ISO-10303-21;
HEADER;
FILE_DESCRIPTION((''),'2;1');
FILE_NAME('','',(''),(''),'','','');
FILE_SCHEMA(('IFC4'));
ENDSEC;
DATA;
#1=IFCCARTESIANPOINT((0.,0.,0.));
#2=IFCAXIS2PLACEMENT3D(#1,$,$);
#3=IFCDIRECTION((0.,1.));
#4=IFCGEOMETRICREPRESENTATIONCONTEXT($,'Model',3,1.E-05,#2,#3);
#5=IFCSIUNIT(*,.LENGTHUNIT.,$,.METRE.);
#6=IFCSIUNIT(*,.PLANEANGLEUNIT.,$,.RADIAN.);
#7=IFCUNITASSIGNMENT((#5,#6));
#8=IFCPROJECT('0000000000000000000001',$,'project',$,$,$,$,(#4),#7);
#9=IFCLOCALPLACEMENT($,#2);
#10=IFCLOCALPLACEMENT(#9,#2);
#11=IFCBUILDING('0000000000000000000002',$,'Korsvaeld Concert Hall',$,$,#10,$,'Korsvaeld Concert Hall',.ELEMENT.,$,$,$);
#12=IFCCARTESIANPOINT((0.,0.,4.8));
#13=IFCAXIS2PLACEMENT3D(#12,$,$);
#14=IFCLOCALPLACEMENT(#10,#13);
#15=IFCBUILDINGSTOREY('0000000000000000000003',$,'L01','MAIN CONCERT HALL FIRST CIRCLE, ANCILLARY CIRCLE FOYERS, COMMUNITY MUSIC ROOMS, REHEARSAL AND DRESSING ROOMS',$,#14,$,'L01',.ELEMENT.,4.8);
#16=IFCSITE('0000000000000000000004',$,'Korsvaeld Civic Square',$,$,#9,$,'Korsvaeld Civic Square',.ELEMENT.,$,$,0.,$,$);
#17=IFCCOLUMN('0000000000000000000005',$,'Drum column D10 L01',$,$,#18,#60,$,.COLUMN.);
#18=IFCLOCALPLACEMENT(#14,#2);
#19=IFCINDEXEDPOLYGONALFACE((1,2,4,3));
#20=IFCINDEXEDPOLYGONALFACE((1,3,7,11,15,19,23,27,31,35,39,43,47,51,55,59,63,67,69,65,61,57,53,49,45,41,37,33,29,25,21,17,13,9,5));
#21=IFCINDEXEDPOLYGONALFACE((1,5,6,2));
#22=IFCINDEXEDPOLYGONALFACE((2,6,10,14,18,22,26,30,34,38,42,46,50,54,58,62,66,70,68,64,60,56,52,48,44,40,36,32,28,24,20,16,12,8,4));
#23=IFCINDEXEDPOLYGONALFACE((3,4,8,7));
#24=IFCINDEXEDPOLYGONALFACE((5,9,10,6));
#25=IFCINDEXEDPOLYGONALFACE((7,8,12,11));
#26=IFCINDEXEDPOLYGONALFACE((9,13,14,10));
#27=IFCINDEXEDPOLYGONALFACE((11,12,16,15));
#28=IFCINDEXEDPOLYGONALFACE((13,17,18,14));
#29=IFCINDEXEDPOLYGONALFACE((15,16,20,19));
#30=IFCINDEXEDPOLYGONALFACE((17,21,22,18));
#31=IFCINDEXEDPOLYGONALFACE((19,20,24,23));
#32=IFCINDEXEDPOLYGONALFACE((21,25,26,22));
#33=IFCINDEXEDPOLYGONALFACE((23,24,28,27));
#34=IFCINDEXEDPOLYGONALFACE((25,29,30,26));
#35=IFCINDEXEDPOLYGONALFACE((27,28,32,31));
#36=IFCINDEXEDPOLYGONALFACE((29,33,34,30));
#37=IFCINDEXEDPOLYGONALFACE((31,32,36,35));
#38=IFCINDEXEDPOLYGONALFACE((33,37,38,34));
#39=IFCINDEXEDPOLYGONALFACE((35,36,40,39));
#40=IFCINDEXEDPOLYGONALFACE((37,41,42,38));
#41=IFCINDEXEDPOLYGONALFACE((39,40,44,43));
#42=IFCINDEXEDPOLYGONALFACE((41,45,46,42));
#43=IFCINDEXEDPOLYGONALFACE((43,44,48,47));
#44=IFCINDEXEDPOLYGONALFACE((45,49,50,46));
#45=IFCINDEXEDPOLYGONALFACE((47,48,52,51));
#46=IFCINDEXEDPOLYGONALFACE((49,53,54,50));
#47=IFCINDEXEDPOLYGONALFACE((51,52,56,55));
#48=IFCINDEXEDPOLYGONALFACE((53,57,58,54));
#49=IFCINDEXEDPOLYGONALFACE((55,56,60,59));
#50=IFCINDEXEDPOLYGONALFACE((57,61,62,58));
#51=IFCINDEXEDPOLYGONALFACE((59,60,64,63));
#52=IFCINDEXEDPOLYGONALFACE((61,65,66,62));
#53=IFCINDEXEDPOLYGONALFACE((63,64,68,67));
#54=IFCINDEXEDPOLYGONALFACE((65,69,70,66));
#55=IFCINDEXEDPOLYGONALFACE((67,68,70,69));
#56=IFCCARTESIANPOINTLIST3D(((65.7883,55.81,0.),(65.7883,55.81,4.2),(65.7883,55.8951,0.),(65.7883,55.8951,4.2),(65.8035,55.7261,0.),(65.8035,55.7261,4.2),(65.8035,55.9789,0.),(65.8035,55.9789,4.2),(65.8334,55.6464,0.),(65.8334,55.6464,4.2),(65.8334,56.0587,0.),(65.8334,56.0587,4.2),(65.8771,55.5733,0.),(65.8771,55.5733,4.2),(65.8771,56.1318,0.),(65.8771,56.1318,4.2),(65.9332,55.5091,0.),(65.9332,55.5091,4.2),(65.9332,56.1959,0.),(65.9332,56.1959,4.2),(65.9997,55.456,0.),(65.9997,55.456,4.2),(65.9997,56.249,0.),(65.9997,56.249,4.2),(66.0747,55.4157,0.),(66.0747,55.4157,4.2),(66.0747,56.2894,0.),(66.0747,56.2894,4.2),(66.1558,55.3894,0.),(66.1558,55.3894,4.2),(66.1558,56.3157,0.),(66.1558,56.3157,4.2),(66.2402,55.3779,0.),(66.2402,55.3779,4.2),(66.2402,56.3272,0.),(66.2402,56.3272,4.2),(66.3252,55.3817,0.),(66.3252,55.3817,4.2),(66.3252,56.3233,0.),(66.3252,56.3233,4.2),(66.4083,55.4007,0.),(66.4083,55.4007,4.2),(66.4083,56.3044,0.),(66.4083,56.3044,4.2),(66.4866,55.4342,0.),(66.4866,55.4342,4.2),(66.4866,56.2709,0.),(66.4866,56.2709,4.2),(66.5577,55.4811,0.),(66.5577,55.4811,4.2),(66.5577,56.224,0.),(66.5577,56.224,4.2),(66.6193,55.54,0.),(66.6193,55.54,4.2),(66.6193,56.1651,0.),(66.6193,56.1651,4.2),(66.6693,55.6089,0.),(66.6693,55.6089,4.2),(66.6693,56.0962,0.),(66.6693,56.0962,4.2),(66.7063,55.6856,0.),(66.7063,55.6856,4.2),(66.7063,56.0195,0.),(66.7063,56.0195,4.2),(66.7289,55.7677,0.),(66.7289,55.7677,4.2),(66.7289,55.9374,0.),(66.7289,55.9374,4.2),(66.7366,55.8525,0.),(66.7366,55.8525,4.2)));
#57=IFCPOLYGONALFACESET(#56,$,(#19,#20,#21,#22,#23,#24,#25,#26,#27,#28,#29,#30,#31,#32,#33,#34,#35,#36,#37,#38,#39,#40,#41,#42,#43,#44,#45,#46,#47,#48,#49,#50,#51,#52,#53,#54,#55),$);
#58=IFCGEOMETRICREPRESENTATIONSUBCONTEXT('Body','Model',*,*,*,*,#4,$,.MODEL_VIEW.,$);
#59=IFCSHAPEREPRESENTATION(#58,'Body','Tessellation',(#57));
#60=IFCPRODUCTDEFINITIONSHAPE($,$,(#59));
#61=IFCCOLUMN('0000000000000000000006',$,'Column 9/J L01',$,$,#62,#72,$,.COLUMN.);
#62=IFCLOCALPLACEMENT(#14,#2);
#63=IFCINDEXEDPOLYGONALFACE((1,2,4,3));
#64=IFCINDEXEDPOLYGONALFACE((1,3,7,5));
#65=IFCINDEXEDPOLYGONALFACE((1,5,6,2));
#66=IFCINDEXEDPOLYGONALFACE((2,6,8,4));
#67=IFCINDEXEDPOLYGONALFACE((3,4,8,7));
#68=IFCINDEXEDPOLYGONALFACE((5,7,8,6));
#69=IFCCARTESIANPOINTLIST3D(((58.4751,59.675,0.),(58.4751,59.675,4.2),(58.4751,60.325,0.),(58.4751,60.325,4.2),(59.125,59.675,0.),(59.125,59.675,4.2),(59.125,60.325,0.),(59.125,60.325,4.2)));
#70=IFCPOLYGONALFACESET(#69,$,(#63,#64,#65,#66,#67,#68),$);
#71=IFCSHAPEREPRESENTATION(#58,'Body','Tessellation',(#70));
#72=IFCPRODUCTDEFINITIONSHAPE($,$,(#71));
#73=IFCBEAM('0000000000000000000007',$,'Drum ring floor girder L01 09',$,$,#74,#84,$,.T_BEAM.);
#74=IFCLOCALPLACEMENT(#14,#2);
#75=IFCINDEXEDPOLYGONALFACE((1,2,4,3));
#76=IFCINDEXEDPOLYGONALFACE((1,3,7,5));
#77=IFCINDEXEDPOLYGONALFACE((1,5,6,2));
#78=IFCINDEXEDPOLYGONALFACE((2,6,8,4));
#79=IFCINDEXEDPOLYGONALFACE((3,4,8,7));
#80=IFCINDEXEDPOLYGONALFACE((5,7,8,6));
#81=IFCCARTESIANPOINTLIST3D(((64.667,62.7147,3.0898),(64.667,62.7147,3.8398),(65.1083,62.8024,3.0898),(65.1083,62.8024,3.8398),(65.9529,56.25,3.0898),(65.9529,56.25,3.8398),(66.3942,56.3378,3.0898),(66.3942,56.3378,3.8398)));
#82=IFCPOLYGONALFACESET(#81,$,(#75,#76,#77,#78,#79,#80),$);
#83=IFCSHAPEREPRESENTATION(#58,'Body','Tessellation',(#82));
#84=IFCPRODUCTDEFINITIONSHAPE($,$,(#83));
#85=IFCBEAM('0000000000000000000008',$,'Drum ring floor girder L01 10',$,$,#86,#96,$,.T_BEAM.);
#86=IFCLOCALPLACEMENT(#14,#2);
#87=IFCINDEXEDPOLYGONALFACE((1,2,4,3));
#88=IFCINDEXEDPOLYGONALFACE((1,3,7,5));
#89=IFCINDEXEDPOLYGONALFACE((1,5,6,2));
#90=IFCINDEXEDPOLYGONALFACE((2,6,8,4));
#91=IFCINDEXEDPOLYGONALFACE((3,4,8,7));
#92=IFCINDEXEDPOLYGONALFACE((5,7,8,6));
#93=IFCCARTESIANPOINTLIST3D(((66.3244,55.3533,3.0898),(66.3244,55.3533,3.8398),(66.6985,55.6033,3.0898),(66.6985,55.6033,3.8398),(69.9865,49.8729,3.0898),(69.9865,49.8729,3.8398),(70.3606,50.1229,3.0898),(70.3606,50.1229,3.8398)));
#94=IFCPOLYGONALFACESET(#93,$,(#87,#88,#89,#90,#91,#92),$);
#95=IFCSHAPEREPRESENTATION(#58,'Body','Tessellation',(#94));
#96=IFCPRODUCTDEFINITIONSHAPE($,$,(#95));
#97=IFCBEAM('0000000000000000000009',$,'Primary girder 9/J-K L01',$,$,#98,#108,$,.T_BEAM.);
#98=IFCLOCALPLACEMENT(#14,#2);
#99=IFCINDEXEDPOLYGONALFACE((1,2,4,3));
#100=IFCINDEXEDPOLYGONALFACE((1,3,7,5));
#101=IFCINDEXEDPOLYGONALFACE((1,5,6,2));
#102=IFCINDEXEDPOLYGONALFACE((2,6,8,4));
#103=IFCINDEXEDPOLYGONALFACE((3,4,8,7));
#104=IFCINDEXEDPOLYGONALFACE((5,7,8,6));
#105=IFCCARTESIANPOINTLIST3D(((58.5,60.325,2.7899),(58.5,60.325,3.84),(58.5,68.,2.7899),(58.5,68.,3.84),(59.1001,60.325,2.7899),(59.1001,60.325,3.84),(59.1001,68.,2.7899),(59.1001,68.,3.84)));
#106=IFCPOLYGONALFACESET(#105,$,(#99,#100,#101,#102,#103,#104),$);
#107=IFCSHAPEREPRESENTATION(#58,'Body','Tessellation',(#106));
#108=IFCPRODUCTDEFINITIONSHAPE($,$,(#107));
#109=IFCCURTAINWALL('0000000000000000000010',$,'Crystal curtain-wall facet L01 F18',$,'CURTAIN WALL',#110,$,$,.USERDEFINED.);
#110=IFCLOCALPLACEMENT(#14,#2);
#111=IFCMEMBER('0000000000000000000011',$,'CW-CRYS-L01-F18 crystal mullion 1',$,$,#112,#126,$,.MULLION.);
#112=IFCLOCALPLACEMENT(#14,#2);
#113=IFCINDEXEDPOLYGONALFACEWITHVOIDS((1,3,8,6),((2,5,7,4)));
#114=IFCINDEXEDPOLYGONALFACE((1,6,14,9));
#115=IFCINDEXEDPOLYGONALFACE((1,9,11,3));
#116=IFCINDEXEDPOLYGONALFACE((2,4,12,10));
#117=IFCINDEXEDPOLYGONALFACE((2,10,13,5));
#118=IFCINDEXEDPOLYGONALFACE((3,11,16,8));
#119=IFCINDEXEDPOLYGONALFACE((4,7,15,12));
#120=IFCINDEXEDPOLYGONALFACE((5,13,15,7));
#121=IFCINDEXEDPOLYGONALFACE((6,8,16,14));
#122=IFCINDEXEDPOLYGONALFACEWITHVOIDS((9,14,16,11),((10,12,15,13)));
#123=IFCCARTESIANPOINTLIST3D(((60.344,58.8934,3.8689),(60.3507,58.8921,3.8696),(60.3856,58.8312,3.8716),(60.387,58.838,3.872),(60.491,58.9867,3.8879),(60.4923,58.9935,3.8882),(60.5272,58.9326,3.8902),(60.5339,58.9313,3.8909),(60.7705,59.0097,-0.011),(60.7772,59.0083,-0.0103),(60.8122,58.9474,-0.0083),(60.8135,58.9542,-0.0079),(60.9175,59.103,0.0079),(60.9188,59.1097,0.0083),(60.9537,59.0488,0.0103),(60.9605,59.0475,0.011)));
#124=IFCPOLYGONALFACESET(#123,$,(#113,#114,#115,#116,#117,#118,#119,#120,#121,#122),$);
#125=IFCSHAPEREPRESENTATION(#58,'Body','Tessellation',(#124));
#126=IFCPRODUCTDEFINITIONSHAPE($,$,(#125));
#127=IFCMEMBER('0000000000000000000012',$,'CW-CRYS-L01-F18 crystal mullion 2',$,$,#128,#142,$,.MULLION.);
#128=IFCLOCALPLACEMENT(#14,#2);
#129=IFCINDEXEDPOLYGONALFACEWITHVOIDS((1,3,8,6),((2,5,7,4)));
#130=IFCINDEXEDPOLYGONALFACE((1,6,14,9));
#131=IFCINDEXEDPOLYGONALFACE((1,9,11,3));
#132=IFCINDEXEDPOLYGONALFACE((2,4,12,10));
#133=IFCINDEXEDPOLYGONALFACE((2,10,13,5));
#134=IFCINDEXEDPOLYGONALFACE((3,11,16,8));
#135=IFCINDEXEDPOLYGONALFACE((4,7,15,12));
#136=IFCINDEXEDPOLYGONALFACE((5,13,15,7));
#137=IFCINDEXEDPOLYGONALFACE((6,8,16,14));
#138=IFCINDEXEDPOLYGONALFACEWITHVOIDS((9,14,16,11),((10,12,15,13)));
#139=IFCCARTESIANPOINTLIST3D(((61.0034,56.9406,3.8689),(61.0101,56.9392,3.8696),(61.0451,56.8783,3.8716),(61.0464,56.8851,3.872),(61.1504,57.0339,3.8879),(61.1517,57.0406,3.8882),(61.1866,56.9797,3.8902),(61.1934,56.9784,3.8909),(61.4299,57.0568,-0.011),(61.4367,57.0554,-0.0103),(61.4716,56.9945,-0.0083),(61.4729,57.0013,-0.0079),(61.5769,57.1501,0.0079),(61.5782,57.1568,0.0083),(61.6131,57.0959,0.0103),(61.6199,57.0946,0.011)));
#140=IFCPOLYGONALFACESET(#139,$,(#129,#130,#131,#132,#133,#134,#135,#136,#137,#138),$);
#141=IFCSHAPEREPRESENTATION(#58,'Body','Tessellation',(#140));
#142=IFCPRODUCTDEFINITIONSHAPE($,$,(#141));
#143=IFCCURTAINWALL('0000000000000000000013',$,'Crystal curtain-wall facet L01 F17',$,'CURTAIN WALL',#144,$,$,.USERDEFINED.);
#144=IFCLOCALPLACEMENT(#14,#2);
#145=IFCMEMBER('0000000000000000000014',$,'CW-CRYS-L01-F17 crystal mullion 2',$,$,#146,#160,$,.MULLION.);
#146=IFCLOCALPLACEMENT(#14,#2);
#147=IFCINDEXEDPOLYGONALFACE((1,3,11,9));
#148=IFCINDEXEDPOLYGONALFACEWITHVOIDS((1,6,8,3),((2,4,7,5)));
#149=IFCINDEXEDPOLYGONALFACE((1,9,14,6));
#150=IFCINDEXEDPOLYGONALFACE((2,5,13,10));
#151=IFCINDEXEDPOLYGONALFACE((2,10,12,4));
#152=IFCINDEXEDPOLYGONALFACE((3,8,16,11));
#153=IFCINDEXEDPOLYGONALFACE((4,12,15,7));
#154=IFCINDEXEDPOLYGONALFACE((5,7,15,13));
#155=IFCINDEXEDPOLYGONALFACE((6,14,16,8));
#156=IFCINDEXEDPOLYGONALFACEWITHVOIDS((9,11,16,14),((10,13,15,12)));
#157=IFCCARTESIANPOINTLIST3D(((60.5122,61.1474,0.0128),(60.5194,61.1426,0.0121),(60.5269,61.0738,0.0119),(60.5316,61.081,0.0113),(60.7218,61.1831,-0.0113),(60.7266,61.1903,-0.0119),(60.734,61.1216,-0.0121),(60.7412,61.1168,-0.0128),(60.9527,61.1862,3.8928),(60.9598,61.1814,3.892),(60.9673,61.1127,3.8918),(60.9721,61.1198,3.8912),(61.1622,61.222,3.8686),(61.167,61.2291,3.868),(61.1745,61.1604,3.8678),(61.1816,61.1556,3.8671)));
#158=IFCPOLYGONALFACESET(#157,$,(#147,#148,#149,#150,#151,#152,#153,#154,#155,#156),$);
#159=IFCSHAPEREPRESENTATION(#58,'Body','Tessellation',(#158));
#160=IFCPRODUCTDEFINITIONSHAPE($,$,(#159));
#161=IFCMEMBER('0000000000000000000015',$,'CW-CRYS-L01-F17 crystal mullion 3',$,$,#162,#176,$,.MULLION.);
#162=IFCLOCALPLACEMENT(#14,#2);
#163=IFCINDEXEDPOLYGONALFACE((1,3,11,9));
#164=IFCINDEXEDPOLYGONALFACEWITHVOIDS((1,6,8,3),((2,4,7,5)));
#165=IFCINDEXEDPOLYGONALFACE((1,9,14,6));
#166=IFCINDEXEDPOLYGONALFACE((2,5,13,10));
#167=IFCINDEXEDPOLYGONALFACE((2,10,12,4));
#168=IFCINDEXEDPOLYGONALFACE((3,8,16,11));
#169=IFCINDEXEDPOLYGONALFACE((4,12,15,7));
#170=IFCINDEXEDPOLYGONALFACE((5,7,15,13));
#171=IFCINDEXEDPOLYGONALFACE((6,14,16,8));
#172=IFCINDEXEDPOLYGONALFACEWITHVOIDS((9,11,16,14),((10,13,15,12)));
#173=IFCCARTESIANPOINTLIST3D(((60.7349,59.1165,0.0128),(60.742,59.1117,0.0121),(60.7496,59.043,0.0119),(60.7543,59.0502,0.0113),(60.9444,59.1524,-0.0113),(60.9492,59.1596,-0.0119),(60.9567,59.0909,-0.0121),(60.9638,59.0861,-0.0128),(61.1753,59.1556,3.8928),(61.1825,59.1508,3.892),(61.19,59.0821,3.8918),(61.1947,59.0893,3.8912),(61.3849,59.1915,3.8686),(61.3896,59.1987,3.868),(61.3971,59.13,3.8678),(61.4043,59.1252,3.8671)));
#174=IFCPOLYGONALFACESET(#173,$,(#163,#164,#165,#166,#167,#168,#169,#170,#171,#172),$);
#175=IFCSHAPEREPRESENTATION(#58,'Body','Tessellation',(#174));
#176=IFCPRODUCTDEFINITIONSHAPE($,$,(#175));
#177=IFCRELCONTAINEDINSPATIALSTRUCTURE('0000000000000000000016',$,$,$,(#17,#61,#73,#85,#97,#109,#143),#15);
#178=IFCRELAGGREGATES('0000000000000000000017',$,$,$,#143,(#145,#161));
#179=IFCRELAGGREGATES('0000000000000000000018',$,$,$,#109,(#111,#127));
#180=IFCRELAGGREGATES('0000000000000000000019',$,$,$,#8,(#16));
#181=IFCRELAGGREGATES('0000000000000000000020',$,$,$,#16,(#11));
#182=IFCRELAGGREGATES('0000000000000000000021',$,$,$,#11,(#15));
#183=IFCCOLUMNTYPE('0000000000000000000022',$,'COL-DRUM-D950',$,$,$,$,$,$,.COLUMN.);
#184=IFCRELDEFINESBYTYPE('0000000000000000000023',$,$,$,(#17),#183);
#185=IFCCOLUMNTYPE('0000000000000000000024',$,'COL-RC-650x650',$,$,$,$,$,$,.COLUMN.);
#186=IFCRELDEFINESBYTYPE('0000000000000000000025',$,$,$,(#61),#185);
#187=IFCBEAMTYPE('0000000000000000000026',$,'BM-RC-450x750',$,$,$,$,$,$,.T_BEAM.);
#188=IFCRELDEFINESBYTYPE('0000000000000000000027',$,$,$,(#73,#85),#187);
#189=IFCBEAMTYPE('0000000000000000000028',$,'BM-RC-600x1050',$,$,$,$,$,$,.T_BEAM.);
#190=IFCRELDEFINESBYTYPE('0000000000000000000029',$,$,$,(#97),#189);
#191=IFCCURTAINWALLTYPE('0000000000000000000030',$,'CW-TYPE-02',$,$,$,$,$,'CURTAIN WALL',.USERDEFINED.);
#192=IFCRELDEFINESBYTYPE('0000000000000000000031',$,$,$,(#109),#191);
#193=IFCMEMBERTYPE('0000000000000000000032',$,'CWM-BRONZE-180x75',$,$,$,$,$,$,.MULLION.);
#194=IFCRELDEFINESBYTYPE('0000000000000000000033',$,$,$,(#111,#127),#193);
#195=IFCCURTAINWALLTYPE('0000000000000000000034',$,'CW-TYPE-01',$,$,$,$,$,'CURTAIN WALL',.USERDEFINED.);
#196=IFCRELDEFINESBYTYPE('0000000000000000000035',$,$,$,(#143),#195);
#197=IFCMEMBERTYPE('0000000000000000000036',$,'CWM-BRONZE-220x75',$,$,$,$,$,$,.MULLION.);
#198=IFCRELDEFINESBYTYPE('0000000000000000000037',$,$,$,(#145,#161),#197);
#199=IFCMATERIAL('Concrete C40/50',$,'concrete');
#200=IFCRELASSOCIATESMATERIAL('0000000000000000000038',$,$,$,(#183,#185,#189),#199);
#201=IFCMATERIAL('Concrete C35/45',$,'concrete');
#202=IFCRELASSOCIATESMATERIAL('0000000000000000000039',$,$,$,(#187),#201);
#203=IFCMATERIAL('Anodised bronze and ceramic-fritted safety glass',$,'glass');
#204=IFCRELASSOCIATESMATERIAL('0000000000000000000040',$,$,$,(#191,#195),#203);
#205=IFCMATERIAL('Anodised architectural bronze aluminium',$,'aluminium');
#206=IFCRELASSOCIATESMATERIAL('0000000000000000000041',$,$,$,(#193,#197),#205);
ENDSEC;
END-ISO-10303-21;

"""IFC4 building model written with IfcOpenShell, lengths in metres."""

from ifc_helpers import new_model, si_unit, direction, frame, origin, origin_2d, place, context, subcontext, project, spatial, rectangle, hollow_rectangle, circle, extrude, material, material_profile, profile_set, type_object, element, aggregate, save


model = new_model("IFC4")

# Units and contexts
model_context = context("Model", 3, precision=1e-05, world=origin(), true_north=direction((0.0, 1.0)))
body_context = subcontext(model_context, "Body", "Model", "MODEL_VIEW")
ifc_project = project(units=[si_unit("LENGTHUNIT", "METRE"), si_unit("PLANEANGLEUNIT", "RADIAN")], contexts=[model_context])

# Site, building, storey
site_placement = place(None, origin())
site = spatial("IfcSite", under=ifc_project, at=site_placement, Name="Korsvaeld Civic Square", LongName="Korsvaeld Civic Square", CompositionType="ELEMENT", RefElevation=0.0)
building_placement = place(site_placement, origin())
building = spatial("IfcBuilding", under=site, at=building_placement, Name="Korsvaeld Concert Hall", LongName="Korsvaeld Concert Hall", CompositionType="ELEMENT")
storey_placement = place(building_placement, frame((0.0, 0.0, 4.8)))
storey = spatial("IfcBuildingStorey", under=building, at=storey_placement, Name="L01", Description="MAIN CONCERT HALL FIRST CIRCLE, ANCILLARY CIRCLE FOYERS, COMMUNITY MUSIC ROOMS, REHEARSAL AND DRESSING ROOMS", LongName="L01", CompositionType="ELEMENT", Elevation=4.8)

# Columns
ifc_material_1 = material(Name="Concrete C40/50", Category="concrete")
ifc_material_profile_1 = material_profile(ifc_material_1, circle(Radius=0.4751, at=origin_2d()), Name="RC D950")
ifc_profile_set_1 = profile_set([ifc_material_profile_1], Name="Concrete C40/50")
column_type_1 = type_object("IfcColumnType", Name="COL-DRUM-D950", PredefinedType="COLUMN", material=ifc_profile_set_1)
column_1_placement = place(storey_placement, frame((66.2615, 55.8525, 0.0), z_axis=(0.0, 0.0, 1.0), x_axis=(1.0, 0.0, 0.0)))
element("IfcColumn", 1, at=column_1_placement, inside=storey, type_object=column_type_1, Name="Drum column D10 L01", PredefinedType="COLUMN", context=body_context, shape_type="SweptSolid", body=[
    extrude(circle(Radius=0.4751, at=origin_2d()), origin(), (0.0, 0.0, 1.0), 4.2),
])
ifc_material_profile_2 = material_profile(ifc_material_1, rectangle(XDim=0.6499, YDim=0.6499, at=origin_2d()), Name="RC 650x650")
ifc_profile_set_2 = profile_set([ifc_material_profile_2], Name="Concrete C40/50")
column_type_2 = type_object("IfcColumnType", Name="COL-RC-650x650", PredefinedType="COLUMN", material=ifc_profile_set_2)
column_2_placement = place(storey_placement, frame((58.8, 60.0, 0.0), z_axis=(0.0, 0.0, 1.0), x_axis=(1.0, 0.0, 0.0)))
element("IfcColumn", 2, at=column_2_placement, inside=storey, type_object=column_type_2, Name="Column 9/J L01", PredefinedType="COLUMN", context=body_context, shape_type="SweptSolid", body=[
    extrude(rectangle(XDim=0.6499, YDim=0.6499, at=origin_2d()), origin(), (0.0, 0.0, 1.0), 4.2),
])

# Beams
ifc_material_2 = material(Name="Concrete C35/45", Category="concrete")
ifc_material_profile_3 = material_profile(ifc_material_2, rectangle(XDim=0.45, YDim=0.75, at=origin_2d()), Name="RC 450x750")
ifc_profile_set_3 = profile_set([ifc_material_profile_3], Name="Concrete C35/45")
beam_type_1 = type_object("IfcBeamType", Name="BM-RC-450x750", PredefinedType="T_BEAM", material=ifc_profile_set_3)
for number, where, z_axis, x_axis, name in (
    (3, (64.8877, 62.7585, 3.4648), (0.19509, -0.980785, 0.0), (0.980785, 0.19509, 0.0), "Drum ring floor girder L01 09"),
    (4, (66.5115, 55.4783, 3.4648), (0.555589, -0.831457, 0.0), (0.831457, 0.555589, 0.0), "Drum ring floor girder L01 10"),
):
    element("IfcBeam", number, at=place(storey_placement, frame(where, z_axis=z_axis, x_axis=x_axis)), inside=storey, type_object=beam_type_1, Name=name, PredefinedType="T_BEAM", context=body_context, shape_type="SweptSolid", body=[
        extrude(rectangle(XDim=0.45, YDim=0.75, at=origin_2d()), origin(), (0.0, 0.0, 1.0), 6.5913),
    ])
ifc_material_profile_4 = material_profile(ifc_material_1, rectangle(XDim=0.6001, YDim=1.05, at=origin_2d()), Name="RC 600x1050")
ifc_profile_set_4 = profile_set([ifc_material_profile_4], Name="Concrete C40/50")
beam_type_2 = type_object("IfcBeamType", Name="BM-RC-600x1050", PredefinedType="T_BEAM", material=ifc_profile_set_4)
beam_placement = place(storey_placement, frame((58.8, 60.325, 3.3149), z_axis=(0.0, 1.0, 0.0), x_axis=(-1.0, 0.0, 0.0)))
element("IfcBeam", 5, at=beam_placement, inside=storey, type_object=beam_type_2, Name="Primary girder 9/J-K L01", PredefinedType="T_BEAM", context=body_context, shape_type="SweptSolid", body=[
    extrude(rectangle(XDim=0.6001, YDim=1.05, at=origin_2d()), origin(), (0.0, 0.0, 1.0), 7.675),
])

# Curtain walls, members
ifc_material_3 = material(Name="Anodised bronze and ceramic-fritted safety glass", Category="glass")
curtain_wall_type_1 = type_object("IfcCurtainWallType", Name="CW-TYPE-02", ElementType="CURTAIN WALL", PredefinedType="USERDEFINED", material=ifc_material_3)
curtain_wall_1_placement = place(storey_placement, origin())
curtain_wall_1 = element("IfcCurtainWall", 6, at=curtain_wall_1_placement, inside=storey, type_object=curtain_wall_type_1, Name="Crystal curtain-wall facet L01 F18", ObjectType="CURTAIN WALL", PredefinedType="USERDEFINED")
ifc_material_4 = material(Name="Anodised architectural bronze aluminium", Category="aluminium")
ifc_material_profile_5 = material_profile(ifc_material_4, hollow_rectangle(XDim=0.075, YDim=0.1799, WallThickness=0.0049, at=origin_2d()), Name="CWM 180x75x5")
ifc_profile_set_5 = profile_set([ifc_material_profile_5], Name="Anodised architectural bronze aluminium")
member_type_1 = type_object("IfcMemberType", Name="CWM-BRONZE-180x75", PredefinedType="MULLION", material=ifc_profile_set_5)
member_1_placement = place(storey_placement, frame((60.8655, 59.0286, 0.0), z_axis=(-0.109223, -0.02976, 0.993572), x_axis=(0.555751, -0.830559, 0.036216)))
member_1 = element("IfcMember", 7, at=member_1_placement, type_object=member_type_1, Name="CW-CRYS-L01-F18 crystal mullion 1", PredefinedType="MULLION", context=body_context, shape_type="SweptSolid", body=[
    extrude(hollow_rectangle(XDim=0.075, YDim=0.1799, WallThickness=0.0049, at=origin_2d()), origin(), (0.0, 0.0, 1.0), 3.905),
])
member_2_placement = place(storey_placement, frame((61.5249, 57.0757, 0.0), z_axis=(-0.109223, -0.02976, 0.993572), x_axis=(0.555751, -0.830559, 0.036216)))
member_2 = element("IfcMember", 8, at=member_2_placement, type_object=member_type_1, Name="CW-CRYS-L01-F18 crystal mullion 2", PredefinedType="MULLION", context=body_context, shape_type="SweptSolid", body=[
    extrude(hollow_rectangle(XDim=0.075, YDim=0.1799, WallThickness=0.0049, at=origin_2d()), origin(), (0.0, 0.0, 1.0), 3.905),
])
curtain_wall_type_2 = type_object("IfcCurtainWallType", Name="CW-TYPE-01", ElementType="CURTAIN WALL", PredefinedType="USERDEFINED", material=ifc_material_3)
curtain_wall_2_placement = place(storey_placement, origin())
curtain_wall_2 = element("IfcCurtainWall", 9, at=curtain_wall_2_placement, inside=storey, type_object=curtain_wall_type_2, Name="Crystal curtain-wall facet L01 F17", ObjectType="CURTAIN WALL", PredefinedType="USERDEFINED")
ifc_material_profile_6 = material_profile(ifc_material_4, hollow_rectangle(XDim=0.075, YDim=0.22, WallThickness=0.0061, at=origin_2d()), Name="CWM 220x75x6")
ifc_profile_set_6 = profile_set([ifc_material_profile_6], Name="Anodised architectural bronze aluminium")
member_type_2 = type_object("IfcMemberType", Name="CWM-BRONZE-220x75", PredefinedType="MULLION", material=ifc_profile_set_6)
member_3_placement = place(storey_placement, frame((60.6267, 61.1321, 0.0), z_axis=(0.112786, 0.009941, 0.99357), x_axis=(-0.195151, 0.980695, 0.012341)))
member_3 = element("IfcMember", 10, at=member_3_placement, type_object=member_type_2, Name="CW-CRYS-L01-F17 crystal mullion 2", PredefinedType="MULLION", context=body_context, shape_type="SweptSolid", body=[
    extrude(hollow_rectangle(XDim=0.075, YDim=0.22, WallThickness=0.0061, at=origin_2d()), origin(), (0.0, 0.0, 1.0), 3.905),
])
member_4_placement = place(storey_placement, frame((60.8494, 59.1013, 0.0), z_axis=(0.112786, 0.010003, 0.993569), x_axis=(-0.195691, 0.980588, 0.012342)))
member_4 = element("IfcMember", 11, at=member_4_placement, type_object=member_type_2, Name="CW-CRYS-L01-F17 crystal mullion 3", PredefinedType="MULLION", context=body_context, shape_type="SweptSolid", body=[
    extrude(hollow_rectangle(XDim=0.075, YDim=0.22, WallThickness=0.0061, at=origin_2d()), origin(), (0.0, 0.0, 1.0), 3.905),
])

aggregate(curtain_wall_2, [member_3, member_4])
aggregate(curtain_wall_1, [member_1, member_2])

save(model, "model.ifc")
